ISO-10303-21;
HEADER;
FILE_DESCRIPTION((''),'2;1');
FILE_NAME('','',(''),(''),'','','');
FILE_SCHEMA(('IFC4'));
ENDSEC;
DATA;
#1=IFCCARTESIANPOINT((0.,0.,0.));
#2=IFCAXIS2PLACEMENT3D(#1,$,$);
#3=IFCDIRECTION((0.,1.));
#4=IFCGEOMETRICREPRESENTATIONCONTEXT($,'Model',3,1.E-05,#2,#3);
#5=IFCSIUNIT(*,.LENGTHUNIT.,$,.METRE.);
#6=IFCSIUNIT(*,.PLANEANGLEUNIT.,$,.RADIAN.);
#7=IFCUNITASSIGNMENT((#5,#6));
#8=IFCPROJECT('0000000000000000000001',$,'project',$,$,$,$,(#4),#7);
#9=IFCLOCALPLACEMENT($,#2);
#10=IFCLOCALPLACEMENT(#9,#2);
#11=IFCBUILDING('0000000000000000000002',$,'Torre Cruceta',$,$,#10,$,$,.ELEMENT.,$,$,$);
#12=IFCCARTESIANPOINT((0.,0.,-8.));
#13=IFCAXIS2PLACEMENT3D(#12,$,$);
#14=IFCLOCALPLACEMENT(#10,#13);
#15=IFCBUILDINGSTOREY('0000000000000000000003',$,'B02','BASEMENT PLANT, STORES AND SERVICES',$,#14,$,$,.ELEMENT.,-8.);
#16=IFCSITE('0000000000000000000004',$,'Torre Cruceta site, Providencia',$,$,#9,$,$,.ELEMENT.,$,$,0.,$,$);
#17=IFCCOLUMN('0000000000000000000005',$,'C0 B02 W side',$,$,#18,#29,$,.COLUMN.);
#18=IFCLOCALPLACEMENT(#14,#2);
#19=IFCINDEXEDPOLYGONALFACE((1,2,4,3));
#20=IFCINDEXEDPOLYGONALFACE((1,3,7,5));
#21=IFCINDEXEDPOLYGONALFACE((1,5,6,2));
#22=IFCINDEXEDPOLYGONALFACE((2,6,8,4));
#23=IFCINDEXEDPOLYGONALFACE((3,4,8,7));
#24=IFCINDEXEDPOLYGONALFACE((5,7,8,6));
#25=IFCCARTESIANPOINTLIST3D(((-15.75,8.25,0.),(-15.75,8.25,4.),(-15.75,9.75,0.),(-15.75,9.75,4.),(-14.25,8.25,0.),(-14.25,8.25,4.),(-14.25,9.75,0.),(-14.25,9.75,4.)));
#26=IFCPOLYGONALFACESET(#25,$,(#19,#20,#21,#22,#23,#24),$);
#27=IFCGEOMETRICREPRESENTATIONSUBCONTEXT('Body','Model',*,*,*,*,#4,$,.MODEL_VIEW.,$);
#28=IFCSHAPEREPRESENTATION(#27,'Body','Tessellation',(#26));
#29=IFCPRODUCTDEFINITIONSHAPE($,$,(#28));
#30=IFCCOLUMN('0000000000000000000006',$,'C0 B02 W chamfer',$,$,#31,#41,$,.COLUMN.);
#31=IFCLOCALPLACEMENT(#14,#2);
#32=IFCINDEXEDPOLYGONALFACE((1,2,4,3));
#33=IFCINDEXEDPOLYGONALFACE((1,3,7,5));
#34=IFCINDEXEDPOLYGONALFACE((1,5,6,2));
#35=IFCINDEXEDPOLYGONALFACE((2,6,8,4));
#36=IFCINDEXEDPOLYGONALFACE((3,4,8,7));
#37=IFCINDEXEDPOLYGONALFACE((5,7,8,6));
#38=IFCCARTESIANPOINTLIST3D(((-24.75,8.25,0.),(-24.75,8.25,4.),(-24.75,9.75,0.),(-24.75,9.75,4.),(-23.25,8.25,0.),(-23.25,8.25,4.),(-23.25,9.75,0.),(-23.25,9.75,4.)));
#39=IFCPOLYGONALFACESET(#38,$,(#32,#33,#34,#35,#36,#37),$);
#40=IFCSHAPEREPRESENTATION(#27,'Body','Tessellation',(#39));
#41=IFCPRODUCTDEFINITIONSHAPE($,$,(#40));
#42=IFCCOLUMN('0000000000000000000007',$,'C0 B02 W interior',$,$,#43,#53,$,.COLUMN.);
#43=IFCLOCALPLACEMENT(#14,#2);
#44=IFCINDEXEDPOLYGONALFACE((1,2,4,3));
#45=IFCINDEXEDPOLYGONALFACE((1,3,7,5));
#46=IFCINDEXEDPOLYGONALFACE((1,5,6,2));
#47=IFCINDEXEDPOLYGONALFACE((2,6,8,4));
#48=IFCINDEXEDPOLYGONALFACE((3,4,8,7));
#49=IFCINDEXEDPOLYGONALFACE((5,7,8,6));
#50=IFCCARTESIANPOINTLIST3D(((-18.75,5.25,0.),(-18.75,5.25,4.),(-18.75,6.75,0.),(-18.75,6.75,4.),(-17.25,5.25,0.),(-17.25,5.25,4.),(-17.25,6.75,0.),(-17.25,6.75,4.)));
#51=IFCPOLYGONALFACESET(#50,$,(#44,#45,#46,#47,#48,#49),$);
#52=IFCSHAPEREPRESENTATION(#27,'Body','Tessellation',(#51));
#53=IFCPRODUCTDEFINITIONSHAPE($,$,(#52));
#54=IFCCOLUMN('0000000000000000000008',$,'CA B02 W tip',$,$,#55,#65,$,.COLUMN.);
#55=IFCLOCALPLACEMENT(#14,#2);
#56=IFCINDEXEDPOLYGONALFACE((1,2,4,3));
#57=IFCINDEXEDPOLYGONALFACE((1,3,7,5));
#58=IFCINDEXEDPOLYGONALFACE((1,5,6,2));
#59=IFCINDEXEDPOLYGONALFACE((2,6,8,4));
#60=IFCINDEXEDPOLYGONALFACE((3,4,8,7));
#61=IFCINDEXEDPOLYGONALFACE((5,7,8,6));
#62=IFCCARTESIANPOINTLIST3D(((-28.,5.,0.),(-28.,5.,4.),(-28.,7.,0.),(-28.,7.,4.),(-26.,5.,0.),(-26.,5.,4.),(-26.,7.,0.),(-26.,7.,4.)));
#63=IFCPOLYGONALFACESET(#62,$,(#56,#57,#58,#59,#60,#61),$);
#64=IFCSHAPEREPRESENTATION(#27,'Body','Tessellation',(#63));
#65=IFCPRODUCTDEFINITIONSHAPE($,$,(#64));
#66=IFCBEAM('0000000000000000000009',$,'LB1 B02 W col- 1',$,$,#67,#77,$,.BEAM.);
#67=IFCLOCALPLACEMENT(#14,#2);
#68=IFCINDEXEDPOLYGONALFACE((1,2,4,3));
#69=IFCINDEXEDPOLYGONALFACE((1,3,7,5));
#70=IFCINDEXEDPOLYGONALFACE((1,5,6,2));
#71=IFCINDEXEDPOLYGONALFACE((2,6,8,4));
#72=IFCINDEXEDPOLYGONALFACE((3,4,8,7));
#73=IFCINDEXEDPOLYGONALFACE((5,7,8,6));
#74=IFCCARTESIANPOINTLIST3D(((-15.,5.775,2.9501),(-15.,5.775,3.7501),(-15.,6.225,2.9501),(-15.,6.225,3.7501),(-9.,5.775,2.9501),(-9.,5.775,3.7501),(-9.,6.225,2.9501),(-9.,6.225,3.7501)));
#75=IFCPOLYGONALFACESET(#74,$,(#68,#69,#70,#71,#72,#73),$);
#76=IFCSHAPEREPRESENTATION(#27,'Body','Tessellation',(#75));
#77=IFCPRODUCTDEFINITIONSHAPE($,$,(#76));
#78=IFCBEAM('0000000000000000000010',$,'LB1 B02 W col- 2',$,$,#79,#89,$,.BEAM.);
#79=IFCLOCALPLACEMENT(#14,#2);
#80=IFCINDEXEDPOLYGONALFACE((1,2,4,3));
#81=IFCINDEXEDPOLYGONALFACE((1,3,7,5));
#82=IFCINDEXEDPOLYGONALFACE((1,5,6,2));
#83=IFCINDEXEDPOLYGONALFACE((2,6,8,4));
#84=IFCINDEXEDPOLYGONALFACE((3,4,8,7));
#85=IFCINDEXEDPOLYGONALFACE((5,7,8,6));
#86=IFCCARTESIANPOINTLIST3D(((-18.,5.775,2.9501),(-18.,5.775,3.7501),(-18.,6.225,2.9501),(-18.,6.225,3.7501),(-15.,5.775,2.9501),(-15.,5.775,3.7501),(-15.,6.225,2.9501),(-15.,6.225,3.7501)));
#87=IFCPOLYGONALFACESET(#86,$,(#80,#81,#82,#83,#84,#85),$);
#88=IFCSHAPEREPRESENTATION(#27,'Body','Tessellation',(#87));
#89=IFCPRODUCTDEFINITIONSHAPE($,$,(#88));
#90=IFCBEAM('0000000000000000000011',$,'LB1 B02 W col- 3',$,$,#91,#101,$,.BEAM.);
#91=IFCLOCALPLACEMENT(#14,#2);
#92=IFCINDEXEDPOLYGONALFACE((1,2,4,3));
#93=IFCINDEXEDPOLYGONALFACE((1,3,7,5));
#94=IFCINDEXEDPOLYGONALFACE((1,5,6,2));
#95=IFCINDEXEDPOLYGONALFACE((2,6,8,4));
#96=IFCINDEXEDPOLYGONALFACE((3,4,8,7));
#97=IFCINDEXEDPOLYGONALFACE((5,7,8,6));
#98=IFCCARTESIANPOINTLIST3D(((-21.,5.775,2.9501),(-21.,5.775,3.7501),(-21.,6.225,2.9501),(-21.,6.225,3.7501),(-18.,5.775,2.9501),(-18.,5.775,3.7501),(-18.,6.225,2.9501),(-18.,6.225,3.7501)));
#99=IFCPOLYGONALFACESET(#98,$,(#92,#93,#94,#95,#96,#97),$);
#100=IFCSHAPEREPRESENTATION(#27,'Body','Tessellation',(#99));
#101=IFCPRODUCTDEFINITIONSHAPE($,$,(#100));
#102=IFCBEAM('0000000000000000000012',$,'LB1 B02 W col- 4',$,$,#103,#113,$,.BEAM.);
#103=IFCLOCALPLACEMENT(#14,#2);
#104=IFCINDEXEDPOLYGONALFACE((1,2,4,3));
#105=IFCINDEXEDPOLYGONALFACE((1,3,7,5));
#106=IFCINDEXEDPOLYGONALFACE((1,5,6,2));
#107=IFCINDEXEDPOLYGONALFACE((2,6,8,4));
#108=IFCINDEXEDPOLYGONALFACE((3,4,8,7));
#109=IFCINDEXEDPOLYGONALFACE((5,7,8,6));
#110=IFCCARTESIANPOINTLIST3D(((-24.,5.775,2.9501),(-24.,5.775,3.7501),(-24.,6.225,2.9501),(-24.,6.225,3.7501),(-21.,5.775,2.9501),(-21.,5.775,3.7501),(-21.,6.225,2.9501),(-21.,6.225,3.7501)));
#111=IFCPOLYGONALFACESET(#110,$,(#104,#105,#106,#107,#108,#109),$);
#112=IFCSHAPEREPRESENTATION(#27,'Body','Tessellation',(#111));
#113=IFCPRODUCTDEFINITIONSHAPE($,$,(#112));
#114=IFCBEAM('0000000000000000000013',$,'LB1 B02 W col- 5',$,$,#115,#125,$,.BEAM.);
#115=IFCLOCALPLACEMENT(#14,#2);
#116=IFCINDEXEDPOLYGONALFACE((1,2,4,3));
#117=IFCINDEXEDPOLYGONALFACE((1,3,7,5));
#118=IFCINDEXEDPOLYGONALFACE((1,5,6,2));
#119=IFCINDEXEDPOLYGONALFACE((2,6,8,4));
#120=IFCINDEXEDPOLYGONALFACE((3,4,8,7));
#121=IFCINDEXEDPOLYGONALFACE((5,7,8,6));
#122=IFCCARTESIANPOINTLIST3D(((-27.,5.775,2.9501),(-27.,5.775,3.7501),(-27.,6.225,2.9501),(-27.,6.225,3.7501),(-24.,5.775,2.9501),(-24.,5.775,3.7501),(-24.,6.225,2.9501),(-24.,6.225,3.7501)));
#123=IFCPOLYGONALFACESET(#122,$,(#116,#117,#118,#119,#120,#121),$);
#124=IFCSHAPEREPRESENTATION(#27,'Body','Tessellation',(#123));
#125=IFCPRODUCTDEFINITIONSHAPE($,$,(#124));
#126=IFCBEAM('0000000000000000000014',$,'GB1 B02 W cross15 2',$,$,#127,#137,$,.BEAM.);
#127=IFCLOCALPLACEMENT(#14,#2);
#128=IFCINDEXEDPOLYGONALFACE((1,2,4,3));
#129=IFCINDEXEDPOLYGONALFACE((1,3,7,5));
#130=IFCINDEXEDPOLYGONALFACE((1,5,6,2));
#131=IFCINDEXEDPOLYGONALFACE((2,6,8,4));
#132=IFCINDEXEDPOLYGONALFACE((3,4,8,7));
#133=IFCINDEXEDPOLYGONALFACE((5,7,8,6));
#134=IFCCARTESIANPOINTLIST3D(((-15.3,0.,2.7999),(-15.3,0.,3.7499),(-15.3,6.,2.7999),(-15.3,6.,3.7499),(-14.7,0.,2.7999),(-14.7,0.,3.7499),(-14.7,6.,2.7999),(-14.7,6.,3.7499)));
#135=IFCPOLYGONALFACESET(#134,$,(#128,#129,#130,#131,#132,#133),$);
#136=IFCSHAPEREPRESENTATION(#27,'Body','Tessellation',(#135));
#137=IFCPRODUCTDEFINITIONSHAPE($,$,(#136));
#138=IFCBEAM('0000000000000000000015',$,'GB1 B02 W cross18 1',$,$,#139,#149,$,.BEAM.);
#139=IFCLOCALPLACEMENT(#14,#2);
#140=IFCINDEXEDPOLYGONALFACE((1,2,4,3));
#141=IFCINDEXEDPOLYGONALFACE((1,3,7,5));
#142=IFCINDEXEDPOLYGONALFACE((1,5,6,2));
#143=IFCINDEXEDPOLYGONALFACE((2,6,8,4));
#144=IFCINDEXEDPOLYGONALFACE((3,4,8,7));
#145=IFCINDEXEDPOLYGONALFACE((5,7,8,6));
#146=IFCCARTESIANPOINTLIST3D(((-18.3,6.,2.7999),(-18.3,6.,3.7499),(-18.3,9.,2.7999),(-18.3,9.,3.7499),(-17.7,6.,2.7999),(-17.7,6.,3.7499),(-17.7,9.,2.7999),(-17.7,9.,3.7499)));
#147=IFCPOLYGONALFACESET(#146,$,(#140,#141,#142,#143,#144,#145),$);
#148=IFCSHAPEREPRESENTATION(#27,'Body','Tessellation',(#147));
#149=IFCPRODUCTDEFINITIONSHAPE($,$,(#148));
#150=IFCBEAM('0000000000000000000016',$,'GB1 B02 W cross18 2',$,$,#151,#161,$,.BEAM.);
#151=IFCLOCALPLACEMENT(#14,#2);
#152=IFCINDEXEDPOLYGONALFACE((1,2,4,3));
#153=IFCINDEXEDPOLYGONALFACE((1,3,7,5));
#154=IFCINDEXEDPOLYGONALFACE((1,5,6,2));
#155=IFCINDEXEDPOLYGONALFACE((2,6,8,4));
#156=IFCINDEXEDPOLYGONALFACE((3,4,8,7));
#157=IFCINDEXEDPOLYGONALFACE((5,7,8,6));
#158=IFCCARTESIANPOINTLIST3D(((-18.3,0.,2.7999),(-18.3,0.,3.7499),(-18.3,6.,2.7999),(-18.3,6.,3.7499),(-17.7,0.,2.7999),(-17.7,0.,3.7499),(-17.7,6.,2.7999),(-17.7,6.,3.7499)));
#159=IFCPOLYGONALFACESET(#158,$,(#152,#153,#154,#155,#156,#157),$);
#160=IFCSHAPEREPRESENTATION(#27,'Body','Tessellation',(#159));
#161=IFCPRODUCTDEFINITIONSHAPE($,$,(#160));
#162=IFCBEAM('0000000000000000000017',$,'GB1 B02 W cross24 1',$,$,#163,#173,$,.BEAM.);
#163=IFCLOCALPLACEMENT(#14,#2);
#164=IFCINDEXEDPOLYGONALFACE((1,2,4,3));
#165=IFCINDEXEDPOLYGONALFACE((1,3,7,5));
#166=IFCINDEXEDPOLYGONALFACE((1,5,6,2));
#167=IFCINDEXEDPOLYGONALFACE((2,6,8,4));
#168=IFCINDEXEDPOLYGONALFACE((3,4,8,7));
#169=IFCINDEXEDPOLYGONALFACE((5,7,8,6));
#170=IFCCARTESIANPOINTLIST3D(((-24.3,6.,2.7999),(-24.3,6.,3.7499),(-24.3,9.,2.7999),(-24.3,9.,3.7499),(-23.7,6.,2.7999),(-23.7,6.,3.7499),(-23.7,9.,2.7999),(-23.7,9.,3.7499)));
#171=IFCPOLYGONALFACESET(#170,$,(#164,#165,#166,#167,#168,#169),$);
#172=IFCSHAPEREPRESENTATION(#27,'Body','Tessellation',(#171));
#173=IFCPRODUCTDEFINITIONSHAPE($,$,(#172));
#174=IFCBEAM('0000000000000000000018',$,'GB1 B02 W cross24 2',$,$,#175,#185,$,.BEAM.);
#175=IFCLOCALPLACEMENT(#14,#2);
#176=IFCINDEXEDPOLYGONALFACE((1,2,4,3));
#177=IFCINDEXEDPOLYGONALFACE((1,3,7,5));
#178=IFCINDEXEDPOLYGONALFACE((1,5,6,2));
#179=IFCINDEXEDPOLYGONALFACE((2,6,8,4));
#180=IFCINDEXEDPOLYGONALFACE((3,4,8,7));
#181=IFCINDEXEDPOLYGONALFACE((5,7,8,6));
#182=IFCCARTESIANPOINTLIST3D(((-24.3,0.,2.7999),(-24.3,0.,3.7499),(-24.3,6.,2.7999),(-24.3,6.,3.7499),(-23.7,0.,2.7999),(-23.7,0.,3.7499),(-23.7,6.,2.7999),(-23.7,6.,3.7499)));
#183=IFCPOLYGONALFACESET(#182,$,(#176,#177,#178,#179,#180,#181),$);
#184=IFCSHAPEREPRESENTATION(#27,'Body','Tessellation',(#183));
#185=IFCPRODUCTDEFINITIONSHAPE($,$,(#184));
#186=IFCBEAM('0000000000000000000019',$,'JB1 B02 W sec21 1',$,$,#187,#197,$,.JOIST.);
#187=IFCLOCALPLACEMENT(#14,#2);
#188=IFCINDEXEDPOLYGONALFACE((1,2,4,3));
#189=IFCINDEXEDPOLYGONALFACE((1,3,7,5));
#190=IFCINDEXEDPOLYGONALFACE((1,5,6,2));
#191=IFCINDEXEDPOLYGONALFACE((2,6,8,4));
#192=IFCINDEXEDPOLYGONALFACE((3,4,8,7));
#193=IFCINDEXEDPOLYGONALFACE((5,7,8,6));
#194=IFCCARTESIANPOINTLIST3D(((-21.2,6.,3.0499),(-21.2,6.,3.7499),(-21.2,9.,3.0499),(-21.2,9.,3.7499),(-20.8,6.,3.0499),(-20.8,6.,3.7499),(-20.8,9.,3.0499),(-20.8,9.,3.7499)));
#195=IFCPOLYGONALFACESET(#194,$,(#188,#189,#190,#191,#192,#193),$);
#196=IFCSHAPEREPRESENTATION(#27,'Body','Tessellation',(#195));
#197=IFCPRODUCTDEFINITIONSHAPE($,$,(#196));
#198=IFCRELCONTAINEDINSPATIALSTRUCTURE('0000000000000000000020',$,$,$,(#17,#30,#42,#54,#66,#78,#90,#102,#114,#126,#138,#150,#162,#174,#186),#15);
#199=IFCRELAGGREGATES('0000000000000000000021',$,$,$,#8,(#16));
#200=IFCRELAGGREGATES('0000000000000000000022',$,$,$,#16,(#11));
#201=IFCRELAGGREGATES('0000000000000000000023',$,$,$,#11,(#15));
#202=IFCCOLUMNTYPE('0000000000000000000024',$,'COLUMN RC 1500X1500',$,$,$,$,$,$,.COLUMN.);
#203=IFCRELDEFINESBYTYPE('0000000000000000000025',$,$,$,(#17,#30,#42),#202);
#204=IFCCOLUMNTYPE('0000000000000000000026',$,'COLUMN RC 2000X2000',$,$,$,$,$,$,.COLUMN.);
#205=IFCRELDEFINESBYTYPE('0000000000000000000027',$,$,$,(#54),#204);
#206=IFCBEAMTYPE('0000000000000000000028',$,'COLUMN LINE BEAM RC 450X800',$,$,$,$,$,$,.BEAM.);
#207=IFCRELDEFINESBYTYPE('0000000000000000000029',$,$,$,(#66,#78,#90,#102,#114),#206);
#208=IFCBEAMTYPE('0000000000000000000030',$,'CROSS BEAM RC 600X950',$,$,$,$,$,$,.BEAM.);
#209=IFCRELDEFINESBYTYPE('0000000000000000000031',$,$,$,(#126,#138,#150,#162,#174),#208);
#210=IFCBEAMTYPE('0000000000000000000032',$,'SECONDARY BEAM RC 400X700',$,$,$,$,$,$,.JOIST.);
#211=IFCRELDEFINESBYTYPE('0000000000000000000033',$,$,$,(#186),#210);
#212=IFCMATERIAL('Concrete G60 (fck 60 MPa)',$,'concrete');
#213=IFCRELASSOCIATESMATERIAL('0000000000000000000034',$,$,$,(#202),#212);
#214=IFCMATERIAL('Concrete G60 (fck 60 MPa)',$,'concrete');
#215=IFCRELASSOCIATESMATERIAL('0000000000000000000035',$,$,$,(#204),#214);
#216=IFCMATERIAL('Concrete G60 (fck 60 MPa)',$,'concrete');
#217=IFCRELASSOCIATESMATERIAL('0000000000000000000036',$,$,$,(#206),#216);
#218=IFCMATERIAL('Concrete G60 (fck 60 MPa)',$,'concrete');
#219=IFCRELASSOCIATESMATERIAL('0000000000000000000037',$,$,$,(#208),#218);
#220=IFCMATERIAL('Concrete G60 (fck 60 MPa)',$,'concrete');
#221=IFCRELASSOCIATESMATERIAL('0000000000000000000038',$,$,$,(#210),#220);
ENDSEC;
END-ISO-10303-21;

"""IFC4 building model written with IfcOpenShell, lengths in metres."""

from ifc_helpers import new_model, si_unit, direction, frame, origin, origin_2d, place, context, subcontext, project, spatial, rectangle, extrude, material, material_profile, profile_set, type_object, element, save


model = new_model("IFC4")

# Units and contexts
model_context = context("Model", 3, precision=1e-05, world=origin(), true_north=direction((0.0, 1.0)))
body_context = subcontext(model_context, "Body", "Model", "MODEL_VIEW")
ifc_project = project(units=[si_unit("LENGTHUNIT", "METRE"), si_unit("PLANEANGLEUNIT", "RADIAN")], contexts=[model_context])

# Site, building, storey
site_placement = place(None, origin())
site = spatial("IfcSite", under=ifc_project, at=site_placement, Name="Torre Cruceta site, Providencia", CompositionType="ELEMENT", RefElevation=0.0)
building_placement = place(site_placement, origin())
building = spatial("IfcBuilding", under=site, at=building_placement, Name="Torre Cruceta", CompositionType="ELEMENT")
storey_placement = place(building_placement, frame((0.0, 0.0, -8.0)))
storey = spatial("IfcBuildingStorey", under=building, at=storey_placement, Name="B02", Description="BASEMENT PLANT, STORES AND SERVICES", CompositionType="ELEMENT", Elevation=-8.0)

# Columns
ifc_material_1 = material(Name="Concrete G60 (fck 60 MPa)", Category="concrete")
ifc_material_profile_1 = material_profile(ifc_material_1, rectangle(XDim=1.5, YDim=1.5, at=origin_2d()), Name="RC 1500X1500")
ifc_profile_set_1 = profile_set([ifc_material_profile_1], Name="Concrete G60 (fck 60 MPa)")
column_type_1 = type_object("IfcColumnType", Name="COLUMN RC 1500X1500", PredefinedType="COLUMN", material=ifc_profile_set_1)
for number, where, z_axis, x_axis, name in (
    (1, (-15.0, 9.0, 0.0), (0.0, 0.0, 1.0), (1.0, 0.0, 0.0), "C0 B02 W side"),
    (2, (-24.0, 9.0, 0.0), (0.0, 0.0, 1.0), (1.0, 0.0, 0.0), "C0 B02 W chamfer"),
    (3, (-18.0, 6.0, 0.0), (0.0, 0.0, 1.0), (1.0, 0.0, 0.0), "C0 B02 W interior"),
):
    element("IfcColumn", number, at=place(storey_placement, frame(where, z_axis=z_axis, x_axis=x_axis)), inside=storey, type_object=column_type_1, Name=name, PredefinedType="COLUMN", context=body_context, shape_type="SweptSolid", body=[
        extrude(rectangle(XDim=1.5, YDim=1.5, at=origin_2d()), origin(), (0.0, 0.0, 1.0), 4.0),
    ])
ifc_material_2 = material(Name="Concrete G60 (fck 60 MPa)", Category="concrete")
ifc_material_profile_2 = material_profile(ifc_material_2, rectangle(XDim=2.0, YDim=2.0, at=origin_2d()), Name="RC 2000X2000")
ifc_profile_set_2 = profile_set([ifc_material_profile_2], Name="Concrete G60 (fck 60 MPa)")
column_type_2 = type_object("IfcColumnType", Name="COLUMN RC 2000X2000", PredefinedType="COLUMN", material=ifc_profile_set_2)
column_placement = place(storey_placement, frame((-27.0, 6.0, 0.0), z_axis=(0.0, 0.0, 1.0), x_axis=(1.0, 0.0, 0.0)))
element("IfcColumn", 4, at=column_placement, inside=storey, type_object=column_type_2, Name="CA B02 W tip", PredefinedType="COLUMN", context=body_context, shape_type="SweptSolid", body=[
    extrude(rectangle(XDim=2.0, YDim=2.0, at=origin_2d()), origin(), (0.0, 0.0, 1.0), 4.0),
])

# Beams
ifc_material_3 = material(Name="Concrete G60 (fck 60 MPa)", Category="concrete")
ifc_material_profile_3 = material_profile(ifc_material_3, rectangle(XDim=0.45, YDim=0.8, at=origin_2d()), Name="RC 450X800")
ifc_profile_set_3 = profile_set([ifc_material_profile_3], Name="Concrete G60 (fck 60 MPa)")
beam_type_1 = type_object("IfcBeamType", Name="COLUMN LINE BEAM RC 450X800", PredefinedType="BEAM", material=ifc_profile_set_3)
beam_1_placement = place(storey_placement, frame((-9.0, 6.0, 3.3501), z_axis=(-1.0, 0.0, 0.0), x_axis=(0.0, -1.0, 0.0)))
element("IfcBeam", 5, at=beam_1_placement, inside=storey, type_object=beam_type_1, Name="LB1 B02 W col- 1", PredefinedType="BEAM", context=body_context, shape_type="SweptSolid", body=[
    extrude(rectangle(XDim=0.45, YDim=0.8, at=origin_2d()), origin(), (0.0, 0.0, 1.0), 6.0),
])
for number, where, z_axis, x_axis, name in (
    (6, (-15.0, 6.0, 3.3501), (-1.0, 0.0, 0.0), (0.0, -1.0, 0.0), "LB1 B02 W col- 2"),
    (7, (-18.0, 6.0, 3.3501), (-1.0, 0.0, 0.0), (0.0, -1.0, 0.0), "LB1 B02 W col- 3"),
    (8, (-21.0, 6.0, 3.3501), (-1.0, 0.0, 0.0), (0.0, -1.0, 0.0), "LB1 B02 W col- 4"),
    (9, (-24.0, 6.0, 3.3501), (-1.0, 0.0, 0.0), (0.0, -1.0, 0.0), "LB1 B02 W col- 5"),
):
    element("IfcBeam", number, at=place(storey_placement, frame(where, z_axis=z_axis, x_axis=x_axis)), inside=storey, type_object=beam_type_1, Name=name, PredefinedType="BEAM", context=body_context, shape_type="SweptSolid", body=[
        extrude(rectangle(XDim=0.45, YDim=0.8, at=origin_2d()), origin(), (0.0, 0.0, 1.0), 3.0),
    ])
ifc_material_4 = material(Name="Concrete G60 (fck 60 MPa)", Category="concrete")
ifc_material_profile_4 = material_profile(ifc_material_4, rectangle(XDim=0.6001, YDim=0.95, at=origin_2d()), Name="RC 600X950")
ifc_profile_set_4 = profile_set([ifc_material_profile_4], Name="Concrete G60 (fck 60 MPa)")
beam_type_2 = type_object("IfcBeamType", Name="CROSS BEAM RC 600X950", PredefinedType="BEAM", material=ifc_profile_set_4)
beam_2_placement = place(storey_placement, frame((-15.0, 6.0, 3.2749), z_axis=(0.0, -1.0, 0.0), x_axis=(1.0, 0.0, 0.0)))
element("IfcBeam", 10, at=beam_2_placement, inside=storey, type_object=beam_type_2, Name="GB1 B02 W cross15 2", PredefinedType="BEAM", context=body_context, shape_type="SweptSolid", body=[
    extrude(rectangle(XDim=0.6001, YDim=0.95, at=origin_2d()), origin(), (0.0, 0.0, 1.0), 6.0),
])
beam_3_placement = place(storey_placement, frame((-18.0, 9.0, 3.2749), z_axis=(0.0, -1.0, 0.0), x_axis=(1.0, 0.0, 0.0)))
element("IfcBeam", 11, at=beam_3_placement, inside=storey, type_object=beam_type_2, Name="GB1 B02 W cross18 1", PredefinedType="BEAM", context=body_context, shape_type="SweptSolid", body=[
    extrude(rectangle(XDim=0.6001, YDim=0.95, at=origin_2d()), origin(), (0.0, 0.0, 1.0), 3.0),
])
beam_4_placement = place(storey_placement, frame((-18.0, 6.0, 3.2749), z_axis=(0.0, -1.0, 0.0), x_axis=(1.0, 0.0, 0.0)))
element("IfcBeam", 12, at=beam_4_placement, inside=storey, type_object=beam_type_2, Name="GB1 B02 W cross18 2", PredefinedType="BEAM", context=body_context, shape_type="SweptSolid", body=[
    extrude(rectangle(XDim=0.6001, YDim=0.95, at=origin_2d()), origin(), (0.0, 0.0, 1.0), 6.0),
])
beam_5_placement = place(storey_placement, frame((-24.0, 9.0, 3.2749), z_axis=(0.0, -1.0, 0.0), x_axis=(1.0, 0.0, 0.0)))
element("IfcBeam", 13, at=beam_5_placement, inside=storey, type_object=beam_type_2, Name="GB1 B02 W cross24 1", PredefinedType="BEAM", context=body_context, shape_type="SweptSolid", body=[
    extrude(rectangle(XDim=0.6001, YDim=0.95, at=origin_2d()), origin(), (0.0, 0.0, 1.0), 3.0),
])
beam_6_placement = place(storey_placement, frame((-24.0, 6.0, 3.2749), z_axis=(0.0, -1.0, 0.0), x_axis=(1.0, 0.0, 0.0)))
element("IfcBeam", 14, at=beam_6_placement, inside=storey, type_object=beam_type_2, Name="GB1 B02 W cross24 2", PredefinedType="BEAM", context=body_context, shape_type="SweptSolid", body=[
    extrude(rectangle(XDim=0.6001, YDim=0.95, at=origin_2d()), origin(), (0.0, 0.0, 1.0), 6.0),
])
ifc_material_5 = material(Name="Concrete G60 (fck 60 MPa)", Category="concrete")
ifc_material_profile_5 = material_profile(ifc_material_5, rectangle(XDim=0.3999, YDim=0.7, at=origin_2d()), Name="RC 400X700")
ifc_profile_set_5 = profile_set([ifc_material_profile_5], Name="Concrete G60 (fck 60 MPa)")
beam_type_3 = type_object("IfcBeamType", Name="SECONDARY BEAM RC 400X700", PredefinedType="JOIST", material=ifc_profile_set_5)
beam_7_placement = place(storey_placement, frame((-21.0, 9.0, 3.3999), z_axis=(0.0, -1.0, 0.0), x_axis=(1.0, 0.0, 0.0)))
element("IfcBeam", 15, at=beam_7_placement, inside=storey, type_object=beam_type_3, Name="JB1 B02 W sec21 1", PredefinedType="JOIST", context=body_context, shape_type="SweptSolid", body=[
    extrude(rectangle(XDim=0.3999, YDim=0.7, at=origin_2d()), origin(), (0.0, 0.0, 1.0), 3.0),
])

save(model, "model.ifc")
